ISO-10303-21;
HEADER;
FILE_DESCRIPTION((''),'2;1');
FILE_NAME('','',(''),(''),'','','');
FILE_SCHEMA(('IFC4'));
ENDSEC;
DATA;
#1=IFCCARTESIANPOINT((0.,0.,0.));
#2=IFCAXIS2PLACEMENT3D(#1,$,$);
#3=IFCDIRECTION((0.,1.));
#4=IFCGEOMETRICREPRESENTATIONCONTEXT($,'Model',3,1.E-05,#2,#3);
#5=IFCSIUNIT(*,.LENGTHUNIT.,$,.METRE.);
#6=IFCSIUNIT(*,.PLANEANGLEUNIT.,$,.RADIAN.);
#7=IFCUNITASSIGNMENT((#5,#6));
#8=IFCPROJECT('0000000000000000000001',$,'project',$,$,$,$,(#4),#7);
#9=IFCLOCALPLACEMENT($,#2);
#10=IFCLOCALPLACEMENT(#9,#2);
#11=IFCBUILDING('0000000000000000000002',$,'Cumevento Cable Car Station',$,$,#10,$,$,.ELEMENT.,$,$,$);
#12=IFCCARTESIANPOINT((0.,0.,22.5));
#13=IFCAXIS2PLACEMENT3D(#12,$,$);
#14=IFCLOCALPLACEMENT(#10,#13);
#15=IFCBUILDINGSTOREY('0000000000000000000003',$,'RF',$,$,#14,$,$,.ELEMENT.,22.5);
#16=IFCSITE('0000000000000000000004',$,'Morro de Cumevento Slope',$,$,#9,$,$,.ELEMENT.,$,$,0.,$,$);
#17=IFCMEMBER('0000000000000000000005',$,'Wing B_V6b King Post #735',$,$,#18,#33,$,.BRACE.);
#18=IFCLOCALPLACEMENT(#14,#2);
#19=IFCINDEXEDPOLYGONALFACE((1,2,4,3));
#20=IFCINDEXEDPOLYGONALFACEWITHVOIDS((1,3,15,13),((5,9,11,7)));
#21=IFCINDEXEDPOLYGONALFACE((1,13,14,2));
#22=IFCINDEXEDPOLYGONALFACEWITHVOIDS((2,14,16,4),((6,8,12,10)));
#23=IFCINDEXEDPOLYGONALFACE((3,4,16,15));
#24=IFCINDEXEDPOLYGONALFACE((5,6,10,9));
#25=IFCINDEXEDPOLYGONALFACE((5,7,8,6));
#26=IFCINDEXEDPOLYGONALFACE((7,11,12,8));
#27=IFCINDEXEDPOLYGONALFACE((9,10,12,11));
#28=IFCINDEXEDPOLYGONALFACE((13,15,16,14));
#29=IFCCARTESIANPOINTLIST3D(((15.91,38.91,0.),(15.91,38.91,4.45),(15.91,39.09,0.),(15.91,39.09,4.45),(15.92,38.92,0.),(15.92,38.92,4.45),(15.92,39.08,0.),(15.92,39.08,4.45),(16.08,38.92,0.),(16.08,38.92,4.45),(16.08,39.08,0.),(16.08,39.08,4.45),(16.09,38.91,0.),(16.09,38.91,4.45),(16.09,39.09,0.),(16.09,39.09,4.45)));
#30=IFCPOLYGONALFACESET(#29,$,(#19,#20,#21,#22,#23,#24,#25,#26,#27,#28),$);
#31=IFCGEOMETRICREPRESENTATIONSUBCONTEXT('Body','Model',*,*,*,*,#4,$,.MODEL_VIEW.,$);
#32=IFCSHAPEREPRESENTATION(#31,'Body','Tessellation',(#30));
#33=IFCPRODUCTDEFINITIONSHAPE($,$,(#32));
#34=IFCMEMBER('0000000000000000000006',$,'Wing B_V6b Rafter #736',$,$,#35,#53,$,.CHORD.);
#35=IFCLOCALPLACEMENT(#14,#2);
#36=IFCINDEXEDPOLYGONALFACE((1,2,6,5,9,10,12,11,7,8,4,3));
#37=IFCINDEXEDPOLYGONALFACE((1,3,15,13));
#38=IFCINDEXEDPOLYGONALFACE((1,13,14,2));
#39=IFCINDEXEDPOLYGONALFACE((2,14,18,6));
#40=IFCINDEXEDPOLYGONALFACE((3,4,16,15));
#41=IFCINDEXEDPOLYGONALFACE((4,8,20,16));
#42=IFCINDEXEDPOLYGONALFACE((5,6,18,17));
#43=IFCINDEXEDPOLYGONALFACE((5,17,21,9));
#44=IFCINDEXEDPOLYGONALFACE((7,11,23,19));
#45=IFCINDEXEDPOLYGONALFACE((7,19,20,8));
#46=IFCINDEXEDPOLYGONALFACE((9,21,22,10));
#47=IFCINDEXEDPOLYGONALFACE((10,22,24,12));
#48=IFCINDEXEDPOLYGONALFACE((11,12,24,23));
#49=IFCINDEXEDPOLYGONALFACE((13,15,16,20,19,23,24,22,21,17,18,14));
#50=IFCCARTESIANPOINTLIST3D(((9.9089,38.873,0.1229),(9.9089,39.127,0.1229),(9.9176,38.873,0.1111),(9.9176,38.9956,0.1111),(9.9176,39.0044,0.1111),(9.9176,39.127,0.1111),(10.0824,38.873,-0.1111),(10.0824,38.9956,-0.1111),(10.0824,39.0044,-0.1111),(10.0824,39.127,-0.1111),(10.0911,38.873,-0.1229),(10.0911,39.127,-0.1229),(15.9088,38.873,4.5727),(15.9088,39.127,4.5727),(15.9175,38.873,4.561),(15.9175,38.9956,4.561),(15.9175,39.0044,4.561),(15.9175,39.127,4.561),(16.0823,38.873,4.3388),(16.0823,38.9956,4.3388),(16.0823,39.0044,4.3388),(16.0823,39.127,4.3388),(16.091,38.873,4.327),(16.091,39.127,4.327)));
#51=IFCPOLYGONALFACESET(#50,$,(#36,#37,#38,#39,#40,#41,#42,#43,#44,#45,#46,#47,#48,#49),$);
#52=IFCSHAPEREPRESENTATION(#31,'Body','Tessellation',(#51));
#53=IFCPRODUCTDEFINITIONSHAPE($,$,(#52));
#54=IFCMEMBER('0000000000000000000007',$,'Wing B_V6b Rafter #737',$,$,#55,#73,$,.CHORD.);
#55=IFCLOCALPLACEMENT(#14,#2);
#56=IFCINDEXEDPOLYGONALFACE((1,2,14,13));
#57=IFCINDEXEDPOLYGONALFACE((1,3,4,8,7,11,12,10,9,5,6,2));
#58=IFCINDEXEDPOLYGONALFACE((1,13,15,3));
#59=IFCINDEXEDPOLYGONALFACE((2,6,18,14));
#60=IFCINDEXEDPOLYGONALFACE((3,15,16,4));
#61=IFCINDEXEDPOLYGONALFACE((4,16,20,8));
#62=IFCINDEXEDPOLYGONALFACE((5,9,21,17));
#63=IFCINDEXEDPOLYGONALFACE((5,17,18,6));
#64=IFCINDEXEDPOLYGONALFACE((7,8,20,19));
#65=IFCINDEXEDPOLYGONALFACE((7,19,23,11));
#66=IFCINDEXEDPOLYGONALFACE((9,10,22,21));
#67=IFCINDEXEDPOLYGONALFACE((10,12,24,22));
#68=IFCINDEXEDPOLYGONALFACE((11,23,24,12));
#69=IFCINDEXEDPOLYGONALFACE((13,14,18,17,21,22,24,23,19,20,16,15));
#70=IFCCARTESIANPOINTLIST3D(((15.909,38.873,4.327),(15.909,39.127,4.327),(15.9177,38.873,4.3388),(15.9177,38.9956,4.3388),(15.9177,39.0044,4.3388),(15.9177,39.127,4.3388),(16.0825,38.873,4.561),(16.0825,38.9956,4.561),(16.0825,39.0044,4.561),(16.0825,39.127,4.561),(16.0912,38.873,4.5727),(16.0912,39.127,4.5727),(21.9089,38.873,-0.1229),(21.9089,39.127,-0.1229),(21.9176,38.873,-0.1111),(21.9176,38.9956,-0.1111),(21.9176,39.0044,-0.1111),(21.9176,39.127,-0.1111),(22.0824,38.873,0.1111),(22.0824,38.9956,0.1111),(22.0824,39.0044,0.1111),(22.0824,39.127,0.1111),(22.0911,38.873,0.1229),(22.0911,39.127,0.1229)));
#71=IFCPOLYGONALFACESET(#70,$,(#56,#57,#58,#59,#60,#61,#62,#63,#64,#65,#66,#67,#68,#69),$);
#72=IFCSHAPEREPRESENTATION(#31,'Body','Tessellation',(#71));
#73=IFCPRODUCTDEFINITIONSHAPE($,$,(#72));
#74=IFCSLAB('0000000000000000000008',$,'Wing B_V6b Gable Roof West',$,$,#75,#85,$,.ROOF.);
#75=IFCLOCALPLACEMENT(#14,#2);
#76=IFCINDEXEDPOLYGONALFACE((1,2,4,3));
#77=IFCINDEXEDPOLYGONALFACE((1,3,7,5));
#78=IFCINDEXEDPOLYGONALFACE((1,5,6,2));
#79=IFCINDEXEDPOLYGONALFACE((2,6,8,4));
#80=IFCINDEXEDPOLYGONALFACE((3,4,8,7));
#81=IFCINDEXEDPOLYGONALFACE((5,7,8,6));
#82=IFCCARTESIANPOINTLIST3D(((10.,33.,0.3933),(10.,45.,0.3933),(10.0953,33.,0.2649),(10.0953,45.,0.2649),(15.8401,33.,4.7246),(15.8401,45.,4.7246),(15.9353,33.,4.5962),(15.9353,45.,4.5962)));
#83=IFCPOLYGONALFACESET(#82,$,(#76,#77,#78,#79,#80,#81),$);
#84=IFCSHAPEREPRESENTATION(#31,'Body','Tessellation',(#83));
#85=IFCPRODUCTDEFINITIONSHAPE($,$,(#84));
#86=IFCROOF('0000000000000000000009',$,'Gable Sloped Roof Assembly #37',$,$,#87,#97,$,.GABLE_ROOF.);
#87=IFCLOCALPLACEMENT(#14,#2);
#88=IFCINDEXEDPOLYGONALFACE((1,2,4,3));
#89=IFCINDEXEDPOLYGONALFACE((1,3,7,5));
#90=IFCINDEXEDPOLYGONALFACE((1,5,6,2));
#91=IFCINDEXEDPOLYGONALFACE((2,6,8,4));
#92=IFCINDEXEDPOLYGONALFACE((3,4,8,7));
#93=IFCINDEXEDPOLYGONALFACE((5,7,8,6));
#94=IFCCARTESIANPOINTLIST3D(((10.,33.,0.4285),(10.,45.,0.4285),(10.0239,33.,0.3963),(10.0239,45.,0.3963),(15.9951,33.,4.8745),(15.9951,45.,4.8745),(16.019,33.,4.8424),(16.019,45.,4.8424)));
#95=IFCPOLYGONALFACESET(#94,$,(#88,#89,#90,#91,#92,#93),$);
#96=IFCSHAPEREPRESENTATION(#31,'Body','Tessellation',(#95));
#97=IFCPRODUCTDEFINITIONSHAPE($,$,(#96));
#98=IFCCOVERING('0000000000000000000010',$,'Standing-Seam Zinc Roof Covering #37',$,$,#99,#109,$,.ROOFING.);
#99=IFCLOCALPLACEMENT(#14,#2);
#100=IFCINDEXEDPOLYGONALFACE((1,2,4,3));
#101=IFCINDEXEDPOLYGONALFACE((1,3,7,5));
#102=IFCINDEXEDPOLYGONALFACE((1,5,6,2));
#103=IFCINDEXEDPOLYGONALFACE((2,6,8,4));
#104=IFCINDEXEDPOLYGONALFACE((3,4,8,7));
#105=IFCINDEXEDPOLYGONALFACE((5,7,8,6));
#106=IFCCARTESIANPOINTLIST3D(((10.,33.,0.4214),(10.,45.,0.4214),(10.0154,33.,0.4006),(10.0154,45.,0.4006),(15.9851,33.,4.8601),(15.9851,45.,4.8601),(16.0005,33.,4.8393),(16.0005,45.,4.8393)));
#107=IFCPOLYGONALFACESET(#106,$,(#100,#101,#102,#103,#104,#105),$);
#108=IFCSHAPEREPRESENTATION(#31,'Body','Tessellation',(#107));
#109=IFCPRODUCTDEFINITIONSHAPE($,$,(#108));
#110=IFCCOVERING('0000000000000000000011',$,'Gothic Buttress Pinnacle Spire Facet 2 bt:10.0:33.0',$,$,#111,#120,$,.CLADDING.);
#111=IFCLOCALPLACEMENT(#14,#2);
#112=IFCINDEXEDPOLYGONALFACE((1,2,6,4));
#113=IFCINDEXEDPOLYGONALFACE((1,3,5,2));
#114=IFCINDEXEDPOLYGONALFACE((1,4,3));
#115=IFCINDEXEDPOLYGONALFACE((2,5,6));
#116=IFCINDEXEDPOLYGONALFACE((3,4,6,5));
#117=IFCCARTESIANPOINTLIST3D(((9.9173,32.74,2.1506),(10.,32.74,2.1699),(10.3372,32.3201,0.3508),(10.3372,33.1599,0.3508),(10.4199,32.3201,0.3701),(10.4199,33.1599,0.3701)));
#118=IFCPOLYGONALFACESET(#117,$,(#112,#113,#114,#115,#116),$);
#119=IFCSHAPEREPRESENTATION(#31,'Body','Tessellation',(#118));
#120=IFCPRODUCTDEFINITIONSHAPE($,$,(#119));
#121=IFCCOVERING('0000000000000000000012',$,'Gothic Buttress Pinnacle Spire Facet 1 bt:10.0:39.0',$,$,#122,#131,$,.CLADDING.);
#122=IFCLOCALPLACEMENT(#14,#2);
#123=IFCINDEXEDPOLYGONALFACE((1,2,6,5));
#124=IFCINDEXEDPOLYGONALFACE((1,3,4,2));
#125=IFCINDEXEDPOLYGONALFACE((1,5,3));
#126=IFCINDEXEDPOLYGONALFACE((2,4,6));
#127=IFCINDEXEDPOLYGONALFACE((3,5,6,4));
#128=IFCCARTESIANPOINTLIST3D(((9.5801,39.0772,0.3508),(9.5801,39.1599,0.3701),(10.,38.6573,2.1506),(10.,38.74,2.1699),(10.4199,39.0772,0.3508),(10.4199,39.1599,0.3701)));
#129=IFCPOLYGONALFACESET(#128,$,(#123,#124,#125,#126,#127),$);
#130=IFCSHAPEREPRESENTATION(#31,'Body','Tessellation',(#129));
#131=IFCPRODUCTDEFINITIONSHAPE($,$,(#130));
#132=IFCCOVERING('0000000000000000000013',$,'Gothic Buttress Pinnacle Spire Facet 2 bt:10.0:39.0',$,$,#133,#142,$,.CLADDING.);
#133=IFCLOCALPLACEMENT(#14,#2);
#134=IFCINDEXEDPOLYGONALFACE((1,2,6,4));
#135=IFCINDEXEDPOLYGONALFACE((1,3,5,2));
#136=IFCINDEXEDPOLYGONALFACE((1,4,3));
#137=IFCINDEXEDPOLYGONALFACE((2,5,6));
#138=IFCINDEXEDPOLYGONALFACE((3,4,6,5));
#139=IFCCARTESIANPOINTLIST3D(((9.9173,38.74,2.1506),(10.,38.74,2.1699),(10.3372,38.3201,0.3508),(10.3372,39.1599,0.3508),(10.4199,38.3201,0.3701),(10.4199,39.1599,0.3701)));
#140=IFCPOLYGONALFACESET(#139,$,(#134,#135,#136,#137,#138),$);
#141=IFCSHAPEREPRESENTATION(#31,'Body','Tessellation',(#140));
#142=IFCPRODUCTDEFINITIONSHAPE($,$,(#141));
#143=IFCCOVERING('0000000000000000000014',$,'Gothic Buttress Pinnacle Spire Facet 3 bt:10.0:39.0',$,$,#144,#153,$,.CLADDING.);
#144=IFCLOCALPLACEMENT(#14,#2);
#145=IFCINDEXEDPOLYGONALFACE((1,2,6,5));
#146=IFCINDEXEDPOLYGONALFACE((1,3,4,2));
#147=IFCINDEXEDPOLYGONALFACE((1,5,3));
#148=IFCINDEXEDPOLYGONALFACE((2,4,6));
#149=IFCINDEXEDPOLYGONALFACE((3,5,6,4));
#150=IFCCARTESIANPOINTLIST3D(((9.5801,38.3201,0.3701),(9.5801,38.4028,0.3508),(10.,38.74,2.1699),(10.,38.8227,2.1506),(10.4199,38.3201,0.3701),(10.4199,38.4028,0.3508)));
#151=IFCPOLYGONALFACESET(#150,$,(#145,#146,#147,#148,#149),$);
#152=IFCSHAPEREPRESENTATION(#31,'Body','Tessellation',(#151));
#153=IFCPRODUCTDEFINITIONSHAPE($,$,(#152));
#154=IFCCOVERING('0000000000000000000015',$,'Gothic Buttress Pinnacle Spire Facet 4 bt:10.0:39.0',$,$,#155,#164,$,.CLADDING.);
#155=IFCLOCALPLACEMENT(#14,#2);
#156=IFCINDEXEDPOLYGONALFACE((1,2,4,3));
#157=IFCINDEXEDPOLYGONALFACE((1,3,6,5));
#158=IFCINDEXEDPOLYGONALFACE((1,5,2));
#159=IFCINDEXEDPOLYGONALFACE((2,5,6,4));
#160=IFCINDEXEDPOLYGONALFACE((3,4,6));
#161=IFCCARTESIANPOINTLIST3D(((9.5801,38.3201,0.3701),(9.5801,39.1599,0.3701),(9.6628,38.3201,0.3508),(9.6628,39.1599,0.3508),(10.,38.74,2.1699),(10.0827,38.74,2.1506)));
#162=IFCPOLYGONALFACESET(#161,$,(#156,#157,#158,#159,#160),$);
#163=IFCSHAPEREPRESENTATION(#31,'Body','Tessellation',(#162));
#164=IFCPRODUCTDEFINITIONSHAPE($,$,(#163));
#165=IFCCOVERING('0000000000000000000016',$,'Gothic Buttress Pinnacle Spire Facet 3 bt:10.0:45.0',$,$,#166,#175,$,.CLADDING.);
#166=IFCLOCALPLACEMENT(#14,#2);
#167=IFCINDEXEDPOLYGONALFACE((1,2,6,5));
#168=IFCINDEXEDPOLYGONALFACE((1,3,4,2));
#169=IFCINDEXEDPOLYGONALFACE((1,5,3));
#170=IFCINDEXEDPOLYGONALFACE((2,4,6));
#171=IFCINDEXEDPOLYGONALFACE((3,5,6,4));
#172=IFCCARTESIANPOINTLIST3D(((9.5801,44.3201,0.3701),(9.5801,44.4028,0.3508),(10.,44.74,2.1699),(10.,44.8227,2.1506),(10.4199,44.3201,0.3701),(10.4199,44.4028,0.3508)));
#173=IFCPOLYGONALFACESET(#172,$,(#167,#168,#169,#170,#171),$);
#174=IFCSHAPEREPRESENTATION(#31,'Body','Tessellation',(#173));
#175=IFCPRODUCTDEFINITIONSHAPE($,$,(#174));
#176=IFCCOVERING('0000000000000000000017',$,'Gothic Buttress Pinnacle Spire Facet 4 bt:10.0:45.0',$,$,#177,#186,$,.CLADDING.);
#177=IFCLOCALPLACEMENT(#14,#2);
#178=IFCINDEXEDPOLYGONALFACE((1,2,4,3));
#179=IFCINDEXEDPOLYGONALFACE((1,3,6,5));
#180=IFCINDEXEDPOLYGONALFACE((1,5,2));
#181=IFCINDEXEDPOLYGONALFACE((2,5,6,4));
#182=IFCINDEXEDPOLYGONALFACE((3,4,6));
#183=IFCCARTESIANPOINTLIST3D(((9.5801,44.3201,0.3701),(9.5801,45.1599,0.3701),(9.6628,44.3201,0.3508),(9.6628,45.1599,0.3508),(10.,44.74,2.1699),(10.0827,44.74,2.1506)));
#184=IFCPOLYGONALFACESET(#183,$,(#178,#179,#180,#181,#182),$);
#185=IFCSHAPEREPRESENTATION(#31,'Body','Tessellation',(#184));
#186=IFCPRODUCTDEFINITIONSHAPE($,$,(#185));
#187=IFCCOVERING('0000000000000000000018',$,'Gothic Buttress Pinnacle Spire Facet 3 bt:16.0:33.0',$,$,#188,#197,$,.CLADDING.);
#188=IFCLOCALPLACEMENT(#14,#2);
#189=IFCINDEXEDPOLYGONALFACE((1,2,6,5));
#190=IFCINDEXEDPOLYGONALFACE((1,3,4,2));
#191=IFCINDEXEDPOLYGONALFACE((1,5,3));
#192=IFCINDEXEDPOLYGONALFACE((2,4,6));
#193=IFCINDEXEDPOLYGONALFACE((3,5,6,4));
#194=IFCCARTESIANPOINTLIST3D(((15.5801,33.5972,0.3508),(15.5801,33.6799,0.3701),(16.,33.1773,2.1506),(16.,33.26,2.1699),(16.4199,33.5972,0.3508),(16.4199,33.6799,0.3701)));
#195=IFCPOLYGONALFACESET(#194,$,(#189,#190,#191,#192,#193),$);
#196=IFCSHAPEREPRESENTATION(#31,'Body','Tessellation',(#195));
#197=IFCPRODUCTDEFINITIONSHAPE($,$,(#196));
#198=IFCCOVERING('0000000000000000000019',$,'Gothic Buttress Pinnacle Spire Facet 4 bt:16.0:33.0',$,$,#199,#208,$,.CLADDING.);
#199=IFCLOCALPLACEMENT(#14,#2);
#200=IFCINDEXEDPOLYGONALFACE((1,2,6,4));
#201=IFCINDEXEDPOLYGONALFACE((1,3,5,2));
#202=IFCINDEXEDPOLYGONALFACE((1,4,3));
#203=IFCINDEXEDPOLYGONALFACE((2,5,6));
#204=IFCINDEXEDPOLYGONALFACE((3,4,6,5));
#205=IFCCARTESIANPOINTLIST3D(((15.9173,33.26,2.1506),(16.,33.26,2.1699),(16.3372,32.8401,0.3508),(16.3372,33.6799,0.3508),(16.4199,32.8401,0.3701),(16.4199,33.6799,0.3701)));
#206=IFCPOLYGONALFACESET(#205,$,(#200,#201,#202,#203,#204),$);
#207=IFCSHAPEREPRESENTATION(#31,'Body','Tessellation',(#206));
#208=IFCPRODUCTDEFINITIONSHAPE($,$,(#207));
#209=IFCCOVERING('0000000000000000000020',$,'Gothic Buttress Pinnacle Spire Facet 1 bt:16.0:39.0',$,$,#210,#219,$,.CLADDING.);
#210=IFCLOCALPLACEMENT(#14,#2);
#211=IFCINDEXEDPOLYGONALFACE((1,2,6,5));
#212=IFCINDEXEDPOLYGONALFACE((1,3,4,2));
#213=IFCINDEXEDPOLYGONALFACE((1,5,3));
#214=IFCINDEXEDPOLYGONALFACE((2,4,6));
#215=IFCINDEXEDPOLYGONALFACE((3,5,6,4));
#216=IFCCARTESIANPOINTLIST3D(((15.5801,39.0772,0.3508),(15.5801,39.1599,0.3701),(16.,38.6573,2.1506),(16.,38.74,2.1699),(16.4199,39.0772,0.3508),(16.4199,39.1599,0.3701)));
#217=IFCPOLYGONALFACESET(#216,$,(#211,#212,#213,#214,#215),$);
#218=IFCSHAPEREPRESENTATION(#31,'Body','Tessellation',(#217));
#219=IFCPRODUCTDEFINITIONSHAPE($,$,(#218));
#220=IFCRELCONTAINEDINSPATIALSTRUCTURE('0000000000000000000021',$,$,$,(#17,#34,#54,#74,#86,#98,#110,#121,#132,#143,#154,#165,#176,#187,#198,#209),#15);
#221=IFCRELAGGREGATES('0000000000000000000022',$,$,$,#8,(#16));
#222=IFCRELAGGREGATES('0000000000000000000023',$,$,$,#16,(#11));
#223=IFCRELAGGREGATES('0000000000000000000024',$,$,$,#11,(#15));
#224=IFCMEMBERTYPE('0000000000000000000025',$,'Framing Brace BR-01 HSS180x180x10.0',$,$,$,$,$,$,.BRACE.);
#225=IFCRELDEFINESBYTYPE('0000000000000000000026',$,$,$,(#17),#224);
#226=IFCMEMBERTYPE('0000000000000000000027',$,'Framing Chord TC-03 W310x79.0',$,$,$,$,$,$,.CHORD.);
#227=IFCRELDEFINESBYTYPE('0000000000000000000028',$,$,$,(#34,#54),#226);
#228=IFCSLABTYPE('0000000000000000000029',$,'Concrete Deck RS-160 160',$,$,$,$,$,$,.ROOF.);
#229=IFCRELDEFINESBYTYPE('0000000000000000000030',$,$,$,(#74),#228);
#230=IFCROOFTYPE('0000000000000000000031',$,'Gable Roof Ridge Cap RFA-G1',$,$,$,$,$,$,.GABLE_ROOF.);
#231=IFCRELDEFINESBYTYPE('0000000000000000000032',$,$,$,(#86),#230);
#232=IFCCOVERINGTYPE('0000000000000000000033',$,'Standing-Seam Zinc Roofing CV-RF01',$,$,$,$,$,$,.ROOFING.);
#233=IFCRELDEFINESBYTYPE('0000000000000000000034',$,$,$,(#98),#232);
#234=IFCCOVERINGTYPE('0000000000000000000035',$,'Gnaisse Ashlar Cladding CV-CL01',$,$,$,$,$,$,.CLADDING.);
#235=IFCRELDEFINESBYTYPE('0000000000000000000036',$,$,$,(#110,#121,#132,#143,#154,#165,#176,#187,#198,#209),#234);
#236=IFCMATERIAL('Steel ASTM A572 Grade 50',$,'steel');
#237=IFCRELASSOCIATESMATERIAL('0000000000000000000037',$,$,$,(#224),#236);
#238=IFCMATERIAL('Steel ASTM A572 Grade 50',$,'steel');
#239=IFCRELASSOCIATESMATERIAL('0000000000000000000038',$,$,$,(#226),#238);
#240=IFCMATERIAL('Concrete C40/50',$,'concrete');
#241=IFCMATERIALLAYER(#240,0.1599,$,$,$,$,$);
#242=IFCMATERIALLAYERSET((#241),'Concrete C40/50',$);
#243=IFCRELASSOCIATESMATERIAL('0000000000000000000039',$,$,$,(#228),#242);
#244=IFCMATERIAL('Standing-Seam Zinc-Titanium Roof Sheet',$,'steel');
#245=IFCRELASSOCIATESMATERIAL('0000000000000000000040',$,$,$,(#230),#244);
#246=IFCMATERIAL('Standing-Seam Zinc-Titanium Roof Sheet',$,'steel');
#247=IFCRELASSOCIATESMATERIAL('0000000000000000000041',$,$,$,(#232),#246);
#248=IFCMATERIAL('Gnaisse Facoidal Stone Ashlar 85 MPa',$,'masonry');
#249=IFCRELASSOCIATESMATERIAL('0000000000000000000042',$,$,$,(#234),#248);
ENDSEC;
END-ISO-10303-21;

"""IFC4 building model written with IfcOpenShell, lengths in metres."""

from ifc_helpers import new_model, si_unit, direction, frame, origin, origin_2d, place, context, subcontext, project, spatial, polyline, hollow_rectangle, i_section, outline, extrude, material, layer, layer_set, material_profile, profile_set, type_object, element, save


model = new_model("IFC4")

# Units and contexts
model_context = context("Model", 3, precision=1e-05, world=origin(), true_north=direction((0.0, 1.0)))
body_context = subcontext(model_context, "Body", "Model", "MODEL_VIEW")
ifc_project = project(units=[si_unit("LENGTHUNIT", "METRE"), si_unit("PLANEANGLEUNIT", "RADIAN")], contexts=[model_context])

# Site, building, storey
site_placement = place(None, origin())
site = spatial("IfcSite", under=ifc_project, at=site_placement, Name="Morro de Cumevento Slope", CompositionType="ELEMENT", RefElevation=0.0)
building_placement = place(site_placement, origin())
building = spatial("IfcBuilding", under=site, at=building_placement, Name="Cumevento Cable Car Station", CompositionType="ELEMENT")
storey_placement = place(building_placement, frame((0.0, 0.0, 22.5)))
storey = spatial("IfcBuildingStorey", under=building, at=storey_placement, Name="RF", CompositionType="ELEMENT", Elevation=22.5)

# Members
ifc_material_1 = material(Name="Steel ASTM A572 Grade 50", Category="steel")
ifc_material_profile_1 = material_profile(ifc_material_1, hollow_rectangle(XDim=0.1799, YDim=0.1799, WallThickness=0.01, at=origin_2d()), Name="HSS180x180x10.0")
ifc_profile_set_1 = profile_set([ifc_material_profile_1], Name="Steel ASTM A572 Grade 50")
member_type_1 = type_object("IfcMemberType", Name="Framing Brace BR-01 HSS180x180x10.0", PredefinedType="BRACE", material=ifc_profile_set_1)
member_placement = place(storey_placement, frame((16.0, 39.0, 0.0), z_axis=(0.0, 0.0, 1.0), x_axis=(1.0, 0.0, 0.0)))
element("IfcMember", 1, at=member_placement, inside=storey, type_object=member_type_1, Name="Wing B_V6b King Post #735", PredefinedType="BRACE", context=body_context, shape_type="SweptSolid", body=[
    extrude(hollow_rectangle(XDim=0.1799, YDim=0.1799, WallThickness=0.01, at=origin_2d()), origin(), (0.0, 0.0, 1.0), 4.45),
])
ifc_material_2 = material(Name="Steel ASTM A572 Grade 50", Category="steel")
ifc_material_profile_2 = material_profile(ifc_material_2, i_section(OverallWidth=0.2539, OverallDepth=0.3059, WebThickness=0.0088, FlangeThickness=0.0146, at=origin_2d()), Name="W310x79.0")
ifc_profile_set_2 = profile_set([ifc_material_profile_2], Name="Steel ASTM A572 Grade 50")
member_type_2 = type_object("IfcMemberType", Name="Framing Chord TC-03 W310x79.0", PredefinedType="CHORD", material=ifc_profile_set_2)
for number, where, z_axis, x_axis, name in (
    (2, (10.0, 39.0, 0.0), (0.803204, 0.0, 0.595703), (0.0, 1.0, 0.0), "Wing B_V6b Rafter #736"),
    (3, (22.0, 39.0, 0.0), (-0.803204, 0.0, 0.595703), (0.0, -1.0, 0.0), "Wing B_V6b Rafter #737"),
):
    element("IfcMember", number, at=place(storey_placement, frame(where, z_axis=z_axis, x_axis=x_axis)), inside=storey, type_object=member_type_2, Name=name, PredefinedType="CHORD", context=body_context, shape_type="SweptSolid", body=[
        extrude(i_section(OverallWidth=0.2539, OverallDepth=0.3059, WebThickness=0.0088, FlangeThickness=0.0146, at=origin_2d()), origin(), (0.0, 0.0, 1.0), 7.47),
    ])

# Slab
ifc_material_3 = material(Name="Concrete C40/50", Category="concrete")
ifc_layer = layer(ifc_material_3, 0.1599)
ifc_layer_set = layer_set([ifc_layer], Name="Concrete C40/50")
slab_type = type_object("IfcSlabType", Name="Concrete Deck RS-160 160", PredefinedType="ROOF", material=ifc_layer_set)
slab_placement = place(storey_placement, frame((10.0, 45.0, 0.3933), z_axis=(-0.595699, 0.0, 0.803208), x_axis=(0.0, -1.0, 0.0)))
element("IfcSlab", 4, at=slab_placement, inside=storey, type_object=slab_type, Name="Wing B_V6b Gable Roof West", PredefinedType="ROOF", context=body_context, shape_type="SweptSolid", body=[
    extrude(outline(polyline([(0.0, 0.0), (12.0, 0.0), (12.0, 7.271), (0.0, 7.271), (0.0, 0.0)])), origin(), (0.0, 0.0, -1.0), 0.1599),
])

# Roof
ifc_material_4 = material(Name="Standing-Seam Zinc-Titanium Roof Sheet", Category="steel")
roof_type = type_object("IfcRoofType", Name="Gable Roof Ridge Cap RFA-G1", PredefinedType="GABLE_ROOF", material=ifc_material_4)
roof_placement = place(storey_placement, frame((10.0, 45.0, 0.4285), z_axis=(-0.595679, 0.0, 0.803223), x_axis=(0.0, -1.0, 0.0)))
element("IfcRoof", 5, at=roof_placement, inside=storey, type_object=roof_type, Name="Gable Sloped Roof Assembly #37", PredefinedType="GABLE_ROOF", context=body_context, shape_type="SweptSolid", body=[
    extrude(outline(polyline([(0.0, 0.0), (12.0, 0.0), (12.0, 7.4638), (0.0, 7.4638), (0.0, 0.0)])), origin(), (0.0, 0.0, -1.0), 0.04),
])

# Coverings
ifc_material_5 = material(Name="Standing-Seam Zinc-Titanium Roof Sheet", Category="steel")
covering_type_1 = type_object("IfcCoveringType", Name="Standing-Seam Zinc Roofing CV-RF01", PredefinedType="ROOFING", material=ifc_material_5)
covering_1_placement = place(storey_placement, frame((10.0, 45.0, 0.4214), z_axis=(-0.595687, 0.0, 0.803216), x_axis=(0.0, -1.0, 0.0)))
element("IfcCovering", 6, at=covering_1_placement, inside=storey, type_object=covering_type_1, Name="Standing-Seam Zinc Roof Covering #37", PredefinedType="ROOFING", context=body_context, shape_type="SweptSolid", body=[
    extrude(outline(polyline([(0.0, 0.0), (12.0, 0.0), (12.0, 7.4514), (0.0, 7.4514), (0.0, 0.0)])), origin(), (0.0, 0.0, -1.0), 0.0259),
])
ifc_material_6 = material(Name="Gnaisse Facoidal Stone Ashlar 85 MPa", Category="masonry")
covering_type_2 = type_object("IfcCoveringType", Name="Gnaisse Ashlar Cladding CV-CL01", PredefinedType="CLADDING", material=ifc_material_6)
for number, where, z_axis, x_axis, name in (
    (7, (10.4199, 33.1599, 0.3701), (0.973845, 0.0, 0.227213), (0.0, -1.0, 0.0), "Gothic Buttress Pinnacle Spire Facet 2 bt:10.0:33.0"),
    (8, (9.5801, 39.1599, 0.3701), (0.0, 0.973845, 0.227213), (1.0, 0.0, 0.0), "Gothic Buttress Pinnacle Spire Facet 1 bt:10.0:39.0"),
    (9, (10.4199, 39.1599, 0.3701), (0.973845, 0.0, 0.227213), (0.0, -1.0, 0.0), "Gothic Buttress Pinnacle Spire Facet 2 bt:10.0:39.0"),
    (10, (10.4199, 38.3201, 0.3701), (0.0, -0.973845, 0.227213), (-1.0, 0.0, 0.0), "Gothic Buttress Pinnacle Spire Facet 3 bt:10.0:39.0"),
    (11, (9.5801, 38.3201, 0.3701), (-0.973845, 0.0, 0.227213), (0.0, 1.0, 0.0), "Gothic Buttress Pinnacle Spire Facet 4 bt:10.0:39.0"),
    (12, (10.4199, 44.3201, 0.3701), (0.0, -0.973845, 0.227213), (-1.0, 0.0, 0.0), "Gothic Buttress Pinnacle Spire Facet 3 bt:10.0:45.0"),
    (13, (9.5801, 44.3201, 0.3701), (-0.973845, 0.0, 0.227213), (0.0, 1.0, 0.0), "Gothic Buttress Pinnacle Spire Facet 4 bt:10.0:45.0"),
    (14, (15.5801, 33.6799, 0.3701), (0.0, 0.973845, 0.227213), (1.0, 0.0, 0.0), "Gothic Buttress Pinnacle Spire Facet 3 bt:16.0:33.0"),
    (15, (16.4199, 33.6799, 0.3701), (0.973845, 0.0, 0.227213), (0.0, -1.0, 0.0), "Gothic Buttress Pinnacle Spire Facet 4 bt:16.0:33.0"),
    (16, (15.5801, 39.1599, 0.3701), (0.0, 0.973845, 0.227213), (1.0, 0.0, 0.0), "Gothic Buttress Pinnacle Spire Facet 1 bt:16.0:39.0"),
):
    element("IfcCovering", number, at=place(storey_placement, frame(where, z_axis=z_axis, x_axis=x_axis)), inside=storey, type_object=covering_type_2, Name=name, PredefinedType="CLADDING", context=body_context, shape_type="SweptSolid", body=[
        extrude(outline(polyline([(0.0, 0.0), (0.8398, 0.0), (0.4199, -1.8481), (0.0, 0.0)])), origin(), (0.0, 0.0, -1.0), 0.085),
    ])

save(model, "model.ifc")
